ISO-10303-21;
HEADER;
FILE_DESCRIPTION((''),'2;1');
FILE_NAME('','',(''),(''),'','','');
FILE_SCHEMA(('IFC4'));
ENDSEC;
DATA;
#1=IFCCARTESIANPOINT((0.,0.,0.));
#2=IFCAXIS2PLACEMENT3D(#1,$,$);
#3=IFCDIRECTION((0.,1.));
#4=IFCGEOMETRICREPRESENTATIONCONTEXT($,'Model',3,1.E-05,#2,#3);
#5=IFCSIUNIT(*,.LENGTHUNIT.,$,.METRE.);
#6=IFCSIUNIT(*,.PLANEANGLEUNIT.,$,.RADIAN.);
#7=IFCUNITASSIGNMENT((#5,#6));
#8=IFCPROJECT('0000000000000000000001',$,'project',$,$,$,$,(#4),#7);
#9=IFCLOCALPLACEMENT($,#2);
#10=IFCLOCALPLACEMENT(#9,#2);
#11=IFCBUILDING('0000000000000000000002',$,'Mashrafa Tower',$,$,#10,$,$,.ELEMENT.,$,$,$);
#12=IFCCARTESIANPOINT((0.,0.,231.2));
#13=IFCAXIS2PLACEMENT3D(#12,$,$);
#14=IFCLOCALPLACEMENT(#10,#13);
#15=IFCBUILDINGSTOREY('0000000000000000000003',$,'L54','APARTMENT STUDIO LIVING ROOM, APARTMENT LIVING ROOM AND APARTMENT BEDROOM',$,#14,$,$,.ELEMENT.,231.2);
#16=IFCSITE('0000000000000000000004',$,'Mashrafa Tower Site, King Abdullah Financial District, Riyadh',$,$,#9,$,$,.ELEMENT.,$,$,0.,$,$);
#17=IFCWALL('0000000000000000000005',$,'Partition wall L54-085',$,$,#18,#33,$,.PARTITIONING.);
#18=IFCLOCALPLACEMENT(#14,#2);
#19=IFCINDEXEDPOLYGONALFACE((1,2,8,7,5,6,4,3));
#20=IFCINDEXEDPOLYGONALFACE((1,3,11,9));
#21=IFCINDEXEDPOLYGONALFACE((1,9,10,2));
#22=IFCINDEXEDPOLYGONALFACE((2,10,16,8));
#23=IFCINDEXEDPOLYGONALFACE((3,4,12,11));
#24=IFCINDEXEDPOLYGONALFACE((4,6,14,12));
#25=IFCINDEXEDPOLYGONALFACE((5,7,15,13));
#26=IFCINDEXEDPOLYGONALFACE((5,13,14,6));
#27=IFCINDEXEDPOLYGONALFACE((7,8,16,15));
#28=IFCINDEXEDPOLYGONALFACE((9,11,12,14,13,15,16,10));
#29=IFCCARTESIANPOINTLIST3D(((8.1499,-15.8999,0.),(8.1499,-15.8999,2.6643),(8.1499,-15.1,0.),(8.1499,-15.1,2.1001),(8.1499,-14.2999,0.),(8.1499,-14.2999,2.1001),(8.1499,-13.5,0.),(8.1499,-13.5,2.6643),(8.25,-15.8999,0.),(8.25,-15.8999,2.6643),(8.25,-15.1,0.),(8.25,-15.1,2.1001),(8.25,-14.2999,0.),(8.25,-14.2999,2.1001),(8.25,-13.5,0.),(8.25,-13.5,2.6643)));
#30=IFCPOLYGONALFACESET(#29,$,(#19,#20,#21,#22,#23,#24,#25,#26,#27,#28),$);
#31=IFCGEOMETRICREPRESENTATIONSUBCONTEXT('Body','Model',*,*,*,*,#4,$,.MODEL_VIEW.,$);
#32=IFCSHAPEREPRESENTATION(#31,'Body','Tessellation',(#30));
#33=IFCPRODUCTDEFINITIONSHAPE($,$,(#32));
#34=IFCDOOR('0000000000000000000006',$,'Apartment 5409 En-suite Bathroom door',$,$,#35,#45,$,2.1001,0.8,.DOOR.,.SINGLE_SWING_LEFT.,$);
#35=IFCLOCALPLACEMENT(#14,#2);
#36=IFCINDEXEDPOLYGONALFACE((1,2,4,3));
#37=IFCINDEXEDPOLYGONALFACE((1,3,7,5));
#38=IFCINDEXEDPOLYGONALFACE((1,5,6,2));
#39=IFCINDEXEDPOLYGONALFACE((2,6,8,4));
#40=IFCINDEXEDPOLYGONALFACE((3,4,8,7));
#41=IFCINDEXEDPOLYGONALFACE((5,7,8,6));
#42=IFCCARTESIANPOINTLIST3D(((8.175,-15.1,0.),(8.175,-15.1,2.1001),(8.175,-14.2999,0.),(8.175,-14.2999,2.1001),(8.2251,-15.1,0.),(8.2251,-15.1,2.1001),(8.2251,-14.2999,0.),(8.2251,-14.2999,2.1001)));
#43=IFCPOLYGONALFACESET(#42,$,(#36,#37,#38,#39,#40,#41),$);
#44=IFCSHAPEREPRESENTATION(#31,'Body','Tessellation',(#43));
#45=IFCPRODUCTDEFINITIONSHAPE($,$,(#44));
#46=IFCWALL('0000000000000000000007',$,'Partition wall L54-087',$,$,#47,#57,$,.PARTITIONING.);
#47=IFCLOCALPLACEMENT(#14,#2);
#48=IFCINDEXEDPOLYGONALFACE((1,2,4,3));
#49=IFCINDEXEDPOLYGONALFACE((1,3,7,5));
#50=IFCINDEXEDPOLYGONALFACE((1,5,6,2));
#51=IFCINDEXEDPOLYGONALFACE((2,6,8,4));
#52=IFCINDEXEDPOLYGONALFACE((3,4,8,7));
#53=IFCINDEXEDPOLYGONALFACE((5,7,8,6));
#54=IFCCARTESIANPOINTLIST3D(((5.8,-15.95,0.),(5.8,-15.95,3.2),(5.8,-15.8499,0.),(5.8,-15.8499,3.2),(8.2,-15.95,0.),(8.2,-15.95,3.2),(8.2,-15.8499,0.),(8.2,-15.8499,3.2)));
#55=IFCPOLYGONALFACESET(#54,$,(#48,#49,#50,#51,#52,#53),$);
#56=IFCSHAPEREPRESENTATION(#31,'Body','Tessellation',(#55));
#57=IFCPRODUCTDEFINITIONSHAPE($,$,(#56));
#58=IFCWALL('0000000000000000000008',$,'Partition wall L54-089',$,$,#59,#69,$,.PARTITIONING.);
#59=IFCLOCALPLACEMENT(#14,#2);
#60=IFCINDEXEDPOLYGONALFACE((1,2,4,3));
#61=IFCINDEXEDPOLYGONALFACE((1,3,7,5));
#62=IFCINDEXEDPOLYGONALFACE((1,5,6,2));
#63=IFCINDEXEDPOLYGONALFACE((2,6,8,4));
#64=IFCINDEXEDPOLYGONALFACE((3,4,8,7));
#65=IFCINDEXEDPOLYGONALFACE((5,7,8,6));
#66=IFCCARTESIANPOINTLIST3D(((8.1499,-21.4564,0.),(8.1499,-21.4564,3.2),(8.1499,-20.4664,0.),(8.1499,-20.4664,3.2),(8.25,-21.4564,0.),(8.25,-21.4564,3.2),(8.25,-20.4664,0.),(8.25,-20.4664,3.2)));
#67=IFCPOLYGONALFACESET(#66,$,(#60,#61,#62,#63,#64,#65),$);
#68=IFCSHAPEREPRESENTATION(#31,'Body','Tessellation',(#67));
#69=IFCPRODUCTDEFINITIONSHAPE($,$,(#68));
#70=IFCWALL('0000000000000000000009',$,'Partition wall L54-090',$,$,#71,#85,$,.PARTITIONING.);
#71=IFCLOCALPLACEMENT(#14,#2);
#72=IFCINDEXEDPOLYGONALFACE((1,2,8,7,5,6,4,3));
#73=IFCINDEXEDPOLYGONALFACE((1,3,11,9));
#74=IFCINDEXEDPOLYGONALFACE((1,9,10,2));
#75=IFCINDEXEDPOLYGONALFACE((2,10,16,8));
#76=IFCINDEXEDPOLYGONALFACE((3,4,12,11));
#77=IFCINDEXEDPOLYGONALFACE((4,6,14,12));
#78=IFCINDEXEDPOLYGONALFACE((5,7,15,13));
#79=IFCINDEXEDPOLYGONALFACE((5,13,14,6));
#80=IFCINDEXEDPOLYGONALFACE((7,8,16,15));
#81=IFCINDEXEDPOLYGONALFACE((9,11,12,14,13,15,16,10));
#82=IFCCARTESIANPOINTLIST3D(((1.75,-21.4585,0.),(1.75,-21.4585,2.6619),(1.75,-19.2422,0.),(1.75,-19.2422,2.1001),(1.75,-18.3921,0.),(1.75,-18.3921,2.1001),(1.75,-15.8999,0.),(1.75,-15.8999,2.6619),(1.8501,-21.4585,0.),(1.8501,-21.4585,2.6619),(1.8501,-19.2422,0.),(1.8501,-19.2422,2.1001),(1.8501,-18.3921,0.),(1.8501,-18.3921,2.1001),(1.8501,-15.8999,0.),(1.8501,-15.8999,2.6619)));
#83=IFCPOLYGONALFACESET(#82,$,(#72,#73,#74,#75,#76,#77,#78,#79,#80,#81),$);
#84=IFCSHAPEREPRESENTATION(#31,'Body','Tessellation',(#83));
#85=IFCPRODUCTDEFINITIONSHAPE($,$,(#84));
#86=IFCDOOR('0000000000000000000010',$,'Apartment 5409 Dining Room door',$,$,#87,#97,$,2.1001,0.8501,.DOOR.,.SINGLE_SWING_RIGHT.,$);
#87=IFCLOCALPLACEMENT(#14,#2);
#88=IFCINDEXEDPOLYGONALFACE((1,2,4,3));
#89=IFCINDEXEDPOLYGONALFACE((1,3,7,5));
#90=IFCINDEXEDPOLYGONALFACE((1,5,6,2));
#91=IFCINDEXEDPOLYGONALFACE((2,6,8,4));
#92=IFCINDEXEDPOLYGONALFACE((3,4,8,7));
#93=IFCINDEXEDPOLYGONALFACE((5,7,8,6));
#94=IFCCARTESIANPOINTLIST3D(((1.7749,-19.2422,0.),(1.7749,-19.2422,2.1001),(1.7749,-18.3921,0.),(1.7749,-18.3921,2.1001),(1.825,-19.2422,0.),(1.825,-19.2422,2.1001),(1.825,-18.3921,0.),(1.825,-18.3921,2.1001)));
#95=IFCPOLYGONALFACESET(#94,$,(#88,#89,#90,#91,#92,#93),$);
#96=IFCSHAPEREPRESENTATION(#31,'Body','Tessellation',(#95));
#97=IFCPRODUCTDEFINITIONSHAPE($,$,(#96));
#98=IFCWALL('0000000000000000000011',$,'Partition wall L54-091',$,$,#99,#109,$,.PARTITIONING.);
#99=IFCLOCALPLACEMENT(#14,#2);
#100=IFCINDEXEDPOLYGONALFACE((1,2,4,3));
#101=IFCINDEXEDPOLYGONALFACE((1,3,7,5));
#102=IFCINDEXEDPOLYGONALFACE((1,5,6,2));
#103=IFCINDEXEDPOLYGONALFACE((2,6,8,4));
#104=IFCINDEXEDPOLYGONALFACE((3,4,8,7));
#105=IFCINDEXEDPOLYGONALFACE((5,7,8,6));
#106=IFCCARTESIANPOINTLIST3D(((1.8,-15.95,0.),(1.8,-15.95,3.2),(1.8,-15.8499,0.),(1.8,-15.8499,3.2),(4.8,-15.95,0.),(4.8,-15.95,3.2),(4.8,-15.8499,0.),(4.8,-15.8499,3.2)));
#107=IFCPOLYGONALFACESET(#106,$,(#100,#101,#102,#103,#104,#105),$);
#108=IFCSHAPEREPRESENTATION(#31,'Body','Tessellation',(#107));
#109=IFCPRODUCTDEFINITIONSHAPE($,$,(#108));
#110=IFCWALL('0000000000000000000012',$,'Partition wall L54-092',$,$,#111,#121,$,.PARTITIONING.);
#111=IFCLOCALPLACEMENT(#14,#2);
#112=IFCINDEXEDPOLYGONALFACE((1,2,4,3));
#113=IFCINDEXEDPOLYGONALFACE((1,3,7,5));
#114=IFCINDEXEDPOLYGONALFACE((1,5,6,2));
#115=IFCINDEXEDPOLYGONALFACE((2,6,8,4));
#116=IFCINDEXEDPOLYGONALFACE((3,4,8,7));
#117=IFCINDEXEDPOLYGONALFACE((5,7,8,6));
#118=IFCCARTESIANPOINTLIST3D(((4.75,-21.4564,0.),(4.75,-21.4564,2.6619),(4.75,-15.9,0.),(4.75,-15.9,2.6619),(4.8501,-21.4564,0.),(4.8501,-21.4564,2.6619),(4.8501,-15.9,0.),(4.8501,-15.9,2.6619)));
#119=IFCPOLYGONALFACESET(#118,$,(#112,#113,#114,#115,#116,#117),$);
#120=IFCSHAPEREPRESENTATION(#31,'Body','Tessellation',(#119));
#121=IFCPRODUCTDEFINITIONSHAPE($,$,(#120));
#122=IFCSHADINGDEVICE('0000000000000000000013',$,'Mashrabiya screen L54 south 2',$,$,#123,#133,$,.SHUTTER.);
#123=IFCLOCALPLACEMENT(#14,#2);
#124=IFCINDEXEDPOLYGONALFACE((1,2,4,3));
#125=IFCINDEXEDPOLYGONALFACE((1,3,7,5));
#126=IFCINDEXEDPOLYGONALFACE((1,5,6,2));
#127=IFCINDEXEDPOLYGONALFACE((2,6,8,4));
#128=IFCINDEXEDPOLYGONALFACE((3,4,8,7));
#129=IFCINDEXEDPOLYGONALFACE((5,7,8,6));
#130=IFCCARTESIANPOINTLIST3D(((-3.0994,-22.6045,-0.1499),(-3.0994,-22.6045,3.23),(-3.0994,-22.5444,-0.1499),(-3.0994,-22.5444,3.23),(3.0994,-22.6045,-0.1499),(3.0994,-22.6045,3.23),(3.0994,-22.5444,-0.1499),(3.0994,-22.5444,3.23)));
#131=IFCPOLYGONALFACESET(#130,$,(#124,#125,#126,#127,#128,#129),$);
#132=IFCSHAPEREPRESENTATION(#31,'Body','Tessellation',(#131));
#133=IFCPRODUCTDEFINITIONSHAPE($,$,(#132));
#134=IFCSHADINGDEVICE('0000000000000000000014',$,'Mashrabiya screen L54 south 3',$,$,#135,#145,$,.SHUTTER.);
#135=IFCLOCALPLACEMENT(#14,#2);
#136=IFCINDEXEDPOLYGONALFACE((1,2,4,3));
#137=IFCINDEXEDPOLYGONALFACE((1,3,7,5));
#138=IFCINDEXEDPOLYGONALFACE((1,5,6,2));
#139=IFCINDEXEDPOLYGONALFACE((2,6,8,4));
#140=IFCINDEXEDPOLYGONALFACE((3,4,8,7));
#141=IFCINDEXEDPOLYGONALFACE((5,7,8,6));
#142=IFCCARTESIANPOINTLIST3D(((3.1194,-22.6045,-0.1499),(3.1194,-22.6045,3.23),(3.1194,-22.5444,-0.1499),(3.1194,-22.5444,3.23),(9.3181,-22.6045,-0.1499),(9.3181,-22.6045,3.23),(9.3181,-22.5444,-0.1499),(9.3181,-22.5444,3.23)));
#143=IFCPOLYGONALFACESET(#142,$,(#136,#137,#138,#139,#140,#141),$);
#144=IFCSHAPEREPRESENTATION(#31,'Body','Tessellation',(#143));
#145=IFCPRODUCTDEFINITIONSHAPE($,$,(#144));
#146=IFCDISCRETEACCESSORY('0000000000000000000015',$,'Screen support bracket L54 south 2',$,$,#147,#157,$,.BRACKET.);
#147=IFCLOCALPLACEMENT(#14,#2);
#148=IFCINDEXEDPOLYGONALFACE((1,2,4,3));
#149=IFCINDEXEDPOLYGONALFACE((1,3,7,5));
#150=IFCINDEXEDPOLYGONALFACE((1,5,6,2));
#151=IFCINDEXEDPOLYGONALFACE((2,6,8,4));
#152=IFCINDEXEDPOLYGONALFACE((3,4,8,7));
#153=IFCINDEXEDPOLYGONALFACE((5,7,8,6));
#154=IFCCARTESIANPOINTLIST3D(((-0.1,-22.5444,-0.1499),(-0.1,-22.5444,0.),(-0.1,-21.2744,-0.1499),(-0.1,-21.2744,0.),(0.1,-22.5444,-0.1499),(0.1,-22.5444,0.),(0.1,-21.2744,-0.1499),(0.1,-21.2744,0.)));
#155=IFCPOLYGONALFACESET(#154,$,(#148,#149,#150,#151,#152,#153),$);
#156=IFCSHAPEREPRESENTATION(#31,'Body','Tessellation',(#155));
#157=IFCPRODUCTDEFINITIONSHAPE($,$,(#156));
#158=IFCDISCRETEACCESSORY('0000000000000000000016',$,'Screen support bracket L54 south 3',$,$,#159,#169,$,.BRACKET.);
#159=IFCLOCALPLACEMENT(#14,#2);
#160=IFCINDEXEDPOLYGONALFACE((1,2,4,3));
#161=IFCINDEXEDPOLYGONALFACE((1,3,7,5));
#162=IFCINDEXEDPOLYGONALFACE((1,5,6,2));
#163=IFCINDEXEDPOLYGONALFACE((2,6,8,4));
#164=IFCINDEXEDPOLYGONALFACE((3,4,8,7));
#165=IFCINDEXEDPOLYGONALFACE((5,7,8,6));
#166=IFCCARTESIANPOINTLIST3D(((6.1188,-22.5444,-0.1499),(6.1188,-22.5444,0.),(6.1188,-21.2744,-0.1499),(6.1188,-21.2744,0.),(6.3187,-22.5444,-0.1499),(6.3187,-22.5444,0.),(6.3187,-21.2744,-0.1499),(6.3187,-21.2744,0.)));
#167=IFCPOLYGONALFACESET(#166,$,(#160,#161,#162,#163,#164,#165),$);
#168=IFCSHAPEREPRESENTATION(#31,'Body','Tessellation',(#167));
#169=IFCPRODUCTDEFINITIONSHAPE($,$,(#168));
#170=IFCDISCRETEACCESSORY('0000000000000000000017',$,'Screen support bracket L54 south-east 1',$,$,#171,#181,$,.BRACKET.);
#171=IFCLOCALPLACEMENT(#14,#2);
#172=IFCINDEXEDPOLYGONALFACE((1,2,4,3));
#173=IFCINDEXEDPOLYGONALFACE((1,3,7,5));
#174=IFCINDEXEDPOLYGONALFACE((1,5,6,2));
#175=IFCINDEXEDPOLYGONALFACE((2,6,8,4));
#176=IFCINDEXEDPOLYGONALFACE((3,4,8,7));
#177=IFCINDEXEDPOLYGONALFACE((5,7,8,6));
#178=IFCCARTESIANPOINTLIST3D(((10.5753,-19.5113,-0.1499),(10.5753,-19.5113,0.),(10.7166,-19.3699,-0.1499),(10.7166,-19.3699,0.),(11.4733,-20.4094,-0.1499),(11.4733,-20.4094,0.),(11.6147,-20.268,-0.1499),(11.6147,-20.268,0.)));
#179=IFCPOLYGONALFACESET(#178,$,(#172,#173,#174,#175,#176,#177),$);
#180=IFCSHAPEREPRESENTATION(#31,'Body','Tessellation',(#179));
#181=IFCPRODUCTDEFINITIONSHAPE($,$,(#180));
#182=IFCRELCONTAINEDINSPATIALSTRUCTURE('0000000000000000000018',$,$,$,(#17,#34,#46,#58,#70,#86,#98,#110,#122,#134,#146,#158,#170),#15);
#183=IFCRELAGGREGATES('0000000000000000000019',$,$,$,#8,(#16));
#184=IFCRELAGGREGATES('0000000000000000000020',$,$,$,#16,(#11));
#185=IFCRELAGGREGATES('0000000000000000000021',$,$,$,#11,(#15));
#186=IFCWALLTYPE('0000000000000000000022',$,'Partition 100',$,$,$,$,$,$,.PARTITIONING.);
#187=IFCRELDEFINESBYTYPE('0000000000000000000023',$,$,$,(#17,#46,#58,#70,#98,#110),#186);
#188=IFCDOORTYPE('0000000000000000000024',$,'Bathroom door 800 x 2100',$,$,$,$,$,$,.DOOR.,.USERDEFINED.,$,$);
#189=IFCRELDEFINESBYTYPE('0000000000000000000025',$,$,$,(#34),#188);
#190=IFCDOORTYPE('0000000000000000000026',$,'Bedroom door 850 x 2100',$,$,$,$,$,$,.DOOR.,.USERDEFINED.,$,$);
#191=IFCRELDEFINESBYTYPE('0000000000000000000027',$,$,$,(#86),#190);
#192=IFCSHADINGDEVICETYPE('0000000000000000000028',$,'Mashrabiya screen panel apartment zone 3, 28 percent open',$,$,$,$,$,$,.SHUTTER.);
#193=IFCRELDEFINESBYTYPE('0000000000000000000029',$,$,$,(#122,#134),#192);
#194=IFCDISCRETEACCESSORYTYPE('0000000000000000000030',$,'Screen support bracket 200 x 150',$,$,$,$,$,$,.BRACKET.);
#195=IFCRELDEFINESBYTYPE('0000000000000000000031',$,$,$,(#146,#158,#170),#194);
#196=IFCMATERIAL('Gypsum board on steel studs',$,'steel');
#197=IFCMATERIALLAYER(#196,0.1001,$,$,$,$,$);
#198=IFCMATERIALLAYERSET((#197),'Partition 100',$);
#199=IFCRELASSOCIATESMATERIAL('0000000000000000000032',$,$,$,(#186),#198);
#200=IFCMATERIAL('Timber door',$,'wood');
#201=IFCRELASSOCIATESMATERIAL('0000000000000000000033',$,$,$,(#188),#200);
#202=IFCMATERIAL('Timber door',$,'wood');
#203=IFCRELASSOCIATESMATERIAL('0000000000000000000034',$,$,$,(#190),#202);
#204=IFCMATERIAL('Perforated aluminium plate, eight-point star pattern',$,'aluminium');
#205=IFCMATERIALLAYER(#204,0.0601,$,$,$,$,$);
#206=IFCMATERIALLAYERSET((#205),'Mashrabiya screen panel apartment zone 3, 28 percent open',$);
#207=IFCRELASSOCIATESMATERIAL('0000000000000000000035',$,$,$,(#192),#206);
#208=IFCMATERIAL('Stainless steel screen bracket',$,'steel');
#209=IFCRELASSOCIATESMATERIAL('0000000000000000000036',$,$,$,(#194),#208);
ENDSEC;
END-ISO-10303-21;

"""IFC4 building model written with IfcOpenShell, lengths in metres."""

from ifc_helpers import new_model, si_unit, direction, frame, frame_2d, origin, origin_2d, place, context, subcontext, project, spatial, rectangle, extrude, source, transform, mapped, material, layer, layer_set, type_object, type_shapes, element, fill, save


model = new_model("IFC4")

# Units and contexts
model_context = context("Model", 3, precision=1e-05, world=origin(), true_north=direction((0.0, 1.0)))
body_context = subcontext(model_context, "Body", "Model", "MODEL_VIEW")
ifc_project = project(units=[si_unit("LENGTHUNIT", "METRE"), si_unit("PLANEANGLEUNIT", "RADIAN")], contexts=[model_context])

# Site, building, storey
site_placement = place(None, origin())
site = spatial("IfcSite", under=ifc_project, at=site_placement, Name="Mashrafa Tower Site, King Abdullah Financial District, Riyadh", CompositionType="ELEMENT", RefElevation=0.0)
building_placement = place(site_placement, origin())
building = spatial("IfcBuilding", under=site, at=building_placement, Name="Mashrafa Tower", CompositionType="ELEMENT")
storey_placement = place(building_placement, frame((0.0, 0.0, 231.2)))
storey = spatial("IfcBuildingStorey", under=building, at=storey_placement, Name="L54", Description="APARTMENT STUDIO LIVING ROOM, APARTMENT LIVING ROOM AND APARTMENT BEDROOM", CompositionType="ELEMENT", Elevation=231.2)

# Wall, opening, door
ifc_material_1 = material(Name="Gypsum board on steel studs", Category="steel")
ifc_layer_1 = layer(ifc_material_1, 0.1001)
ifc_layer_set_1 = layer_set([ifc_layer_1], Name="Partition 100")
wall_type = type_object("IfcWallType", Name="Partition 100", PredefinedType="PARTITIONING", material=ifc_layer_set_1)
wall_1_placement = place(storey_placement, frame((8.2, -15.8999, 0.0), z_axis=(0.0, 0.0, 1.0), x_axis=(0.0, 1.0, 0.0)))
wall_1 = element("IfcWall", 1, at=wall_1_placement, inside=storey, type_object=wall_type, Name="Partition wall L54-085", PredefinedType="PARTITIONING", context=body_context, shape_type="SweptSolid", body=[
    extrude(rectangle(XDim=2.3999, YDim=0.1001, at=frame_2d((1.2, 0.0))), origin(), (0.0, 0.0, 1.0), 2.6643),
])
opening_1_placement = place(wall_1_placement, frame((0.8, 0.0, 0.0)))
opening_1 = element("IfcOpeningElement", 2, at=opening_1_placement, cuts=wall_1, PredefinedType="OPENING", context=body_context, shape_type="SweptSolid", body=[
    extrude(rectangle(XDim=0.8, YDim=2.1001, at=frame_2d((0.3999, 1.05))), frame((0.0, 0.0601, 0.0), z_axis=(0.0, -1.0, 0.0), x_axis=(1.0, 0.0, 0.0)), (0.0, 0.0, 1.0), 0.1201),
])
ifc_material_2 = material(Name="Timber door", Category="wood")
door_type_1 = type_object("IfcDoorType", Name="Bathroom door 800 x 2100", OperationType="USERDEFINED", PredefinedType="DOOR", material=ifc_material_2)
door_1_placement = place(opening_1_placement, origin())
door_1 = element("IfcDoor", 3, at=door_1_placement, inside=storey, type_object=door_type_1, Name="Apartment 5409 En-suite Bathroom door", OperationType="SINGLE_SWING_LEFT", OverallHeight=2.1001, OverallWidth=0.8, PredefinedType="DOOR", context=body_context, shape_type="SweptSolid", body=[
    extrude(rectangle(XDim=0.8, YDim=2.1001, at=frame_2d((0.3999, 1.05))), frame((0.0, 0.0249, 0.0), z_axis=(0.0, -1.0, 0.0), x_axis=(1.0, 0.0, 0.0)), (0.0, 0.0, 1.0), 0.05),
])
fill(opening_1, door_1)

# Walls
wall_2_placement = place(storey_placement, frame((5.8, -15.8999, 0.0), z_axis=(0.0, 0.0, 1.0), x_axis=(1.0, 0.0, 0.0)))
element("IfcWall", 4, at=wall_2_placement, inside=storey, type_object=wall_type, Name="Partition wall L54-087", PredefinedType="PARTITIONING", context=body_context, shape_type="SweptSolid", body=[
    extrude(rectangle(XDim=2.3999, YDim=0.1001, at=frame_2d((1.2, 0.0))), origin(), (0.0, 0.0, 1.0), 3.2),
])
wall_3_placement = place(storey_placement, frame((8.2, -20.4663, 0.0), z_axis=(0.0, 0.0, 1.0), x_axis=(0.0, -1.0, 0.0)))
element("IfcWall", 5, at=wall_3_placement, inside=storey, type_object=wall_type, Name="Partition wall L54-089", PredefinedType="PARTITIONING", context=body_context, shape_type="SweptSolid", body=[
    extrude(rectangle(XDim=0.99, YDim=0.1001, at=frame_2d((0.4951, 0.0))), origin(), (0.0, 0.0, 1.0), 3.2),
])

# Wall, opening, door
wall_4_placement = place(storey_placement, frame((1.8, -21.4585, 0.0), z_axis=(0.0, 0.0, 1.0), x_axis=(0.0, 1.0, 0.0)))
wall_4 = element("IfcWall", 6, at=wall_4_placement, inside=storey, type_object=wall_type, Name="Partition wall L54-090", PredefinedType="PARTITIONING", context=body_context, shape_type="SweptSolid", body=[
    extrude(rectangle(XDim=5.5586, YDim=0.1001, at=frame_2d((2.7793, 0.0))), origin(), (0.0, 0.0, 1.0), 2.6619),
])
opening_2_placement = place(wall_4_placement, frame((2.2163, 0.0, 0.0)))
opening_2 = element("IfcOpeningElement", 7, at=opening_2_placement, cuts=wall_4, PredefinedType="OPENING", context=body_context, shape_type="SweptSolid", body=[
    extrude(rectangle(XDim=0.8501, YDim=2.1001, at=frame_2d((0.425, 1.05))), frame((0.0, 0.0601, 0.0), z_axis=(0.0, -1.0, 0.0), x_axis=(1.0, 0.0, 0.0)), (0.0, 0.0, 1.0), 0.1201),
])
ifc_material_3 = material(Name="Timber door", Category="wood")
door_type_2 = type_object("IfcDoorType", Name="Bedroom door 850 x 2100", OperationType="USERDEFINED", PredefinedType="DOOR", material=ifc_material_3)
door_2_placement = place(opening_2_placement, frame((0.8501, 0.0, 0.0), z_axis=(0.0, 0.0, 1.0), x_axis=(-1.0, 0.0, 0.0)))
door_2 = element("IfcDoor", 8, at=door_2_placement, inside=storey, type_object=door_type_2, Name="Apartment 5409 Dining Room door", OperationType="SINGLE_SWING_RIGHT", OverallHeight=2.1001, OverallWidth=0.8501, PredefinedType="DOOR", context=body_context, shape_type="SweptSolid", body=[
    extrude(rectangle(XDim=0.8501, YDim=2.1001, at=frame_2d((0.425, 1.05))), frame((0.0, 0.0249, 0.0), z_axis=(0.0, -1.0, 0.0), x_axis=(1.0, 0.0, 0.0)), (0.0, 0.0, 1.0), 0.05),
])
fill(opening_2, door_2)

# Walls
wall_5_placement = place(storey_placement, frame((1.8, -15.8999, 0.0), z_axis=(0.0, 0.0, 1.0), x_axis=(1.0, 0.0, 0.0)))
element("IfcWall", 9, at=wall_5_placement, inside=storey, type_object=wall_type, Name="Partition wall L54-091", PredefinedType="PARTITIONING", context=body_context, shape_type="SweptSolid", body=[
    extrude(rectangle(XDim=3.0, YDim=0.1001, at=frame_2d((1.5, 0.0))), origin(), (0.0, 0.0, 1.0), 3.2),
])
wall_6_placement = place(storey_placement, frame((4.8, -15.8999, 0.0), z_axis=(0.0, 0.0, 1.0), x_axis=(0.0, -1.0, 0.0)))
element("IfcWall", 10, at=wall_6_placement, inside=storey, type_object=wall_type, Name="Partition wall L54-092", PredefinedType="PARTITIONING", context=body_context, shape_type="SweptSolid", body=[
    extrude(rectangle(XDim=5.5564, YDim=0.1001, at=frame_2d((2.7783, 0.0))), origin(), (0.0, 0.0, 1.0), 2.6619),
])

# Shading devices
ifc_material_4 = material(Name="Perforated aluminium plate, eight-point star pattern", Category="aluminium")
ifc_layer_2 = layer(ifc_material_4, 0.0601)
ifc_layer_set_2 = layer_set([ifc_layer_2], Name="Mashrabiya screen panel apartment zone 3, 28 percent open")
shading_device_type = type_object("IfcShadingDeviceType", Name="Mashrabiya screen panel apartment zone 3, 28 percent open", PredefinedType="SHUTTER", material=ifc_layer_set_2)
shared_shape_1 = source(origin(), body_context, "Body", "SweptSolid", [
    extrude(rectangle(XDim=6.1987, YDim=0.0601, at=origin_2d()), origin(), (0.0, 0.0, 1.0), 3.3799),
])
type_shapes(shading_device_type, [shared_shape_1])
for number, where, z_axis, x_axis, name in (
    (11, (0.0, -22.5745, -0.1499), (0.0, 0.0, 1.0), (1.0, 0.0, 0.0), "Mashrabiya screen L54 south 2"),
    (12, (6.2188, -22.5745, -0.1499), (0.0, 0.0, 1.0), (1.0, 0.0, 0.0), "Mashrabiya screen L54 south 3"),
):
    element("IfcShadingDevice", number, at=place(storey_placement, frame(where, z_axis=z_axis, x_axis=x_axis)), inside=storey, type_object=shading_device_type, Name=name, PredefinedType="SHUTTER", context=body_context, shape_type="MappedRepresentation", body=[
        mapped(shared_shape_1, transform((0.0, 0.0, 0.0))),
    ])

# Discrete accessories
ifc_material_5 = material(Name="Stainless steel screen bracket", Category="steel")
discrete_accessory_type = type_object("IfcDiscreteAccessoryType", Name="Screen support bracket 200 x 150", PredefinedType="BRACKET", material=ifc_material_5)
shared_shape_2 = source(origin(), body_context, "Body", "SweptSolid", [
    extrude(rectangle(XDim=0.2, YDim=1.27, at=origin_2d()), origin(), (0.0, 0.0, 1.0), 0.1499),
])
type_shapes(discrete_accessory_type, [shared_shape_2])
for number, where, z_axis, x_axis, name in (
    (13, (0.0, -21.9094, -0.1499), (0.0, 0.0, 1.0), (1.0, 0.0, 0.0), "Screen support bracket L54 south 2"),
    (14, (6.2188, -21.9094, -0.1499), (0.0, 0.0, 1.0), (1.0, 0.0, 0.0), "Screen support bracket L54 south 3"),
    (15, (11.095, -19.8896, -0.1499), (0.0, 0.0, 1.0), (0.707107, 0.707107, 0.0), "Screen support bracket L54 south-east 1"),
):
    element("IfcDiscreteAccessory", number, at=place(storey_placement, frame(where, z_axis=z_axis, x_axis=x_axis)), inside=storey, type_object=discrete_accessory_type, Name=name, PredefinedType="BRACKET", context=body_context, shape_type="MappedRepresentation", body=[
        mapped(shared_shape_2, transform((0.0, 0.0, 0.0))),
    ])

save(model, "model.ifc")
